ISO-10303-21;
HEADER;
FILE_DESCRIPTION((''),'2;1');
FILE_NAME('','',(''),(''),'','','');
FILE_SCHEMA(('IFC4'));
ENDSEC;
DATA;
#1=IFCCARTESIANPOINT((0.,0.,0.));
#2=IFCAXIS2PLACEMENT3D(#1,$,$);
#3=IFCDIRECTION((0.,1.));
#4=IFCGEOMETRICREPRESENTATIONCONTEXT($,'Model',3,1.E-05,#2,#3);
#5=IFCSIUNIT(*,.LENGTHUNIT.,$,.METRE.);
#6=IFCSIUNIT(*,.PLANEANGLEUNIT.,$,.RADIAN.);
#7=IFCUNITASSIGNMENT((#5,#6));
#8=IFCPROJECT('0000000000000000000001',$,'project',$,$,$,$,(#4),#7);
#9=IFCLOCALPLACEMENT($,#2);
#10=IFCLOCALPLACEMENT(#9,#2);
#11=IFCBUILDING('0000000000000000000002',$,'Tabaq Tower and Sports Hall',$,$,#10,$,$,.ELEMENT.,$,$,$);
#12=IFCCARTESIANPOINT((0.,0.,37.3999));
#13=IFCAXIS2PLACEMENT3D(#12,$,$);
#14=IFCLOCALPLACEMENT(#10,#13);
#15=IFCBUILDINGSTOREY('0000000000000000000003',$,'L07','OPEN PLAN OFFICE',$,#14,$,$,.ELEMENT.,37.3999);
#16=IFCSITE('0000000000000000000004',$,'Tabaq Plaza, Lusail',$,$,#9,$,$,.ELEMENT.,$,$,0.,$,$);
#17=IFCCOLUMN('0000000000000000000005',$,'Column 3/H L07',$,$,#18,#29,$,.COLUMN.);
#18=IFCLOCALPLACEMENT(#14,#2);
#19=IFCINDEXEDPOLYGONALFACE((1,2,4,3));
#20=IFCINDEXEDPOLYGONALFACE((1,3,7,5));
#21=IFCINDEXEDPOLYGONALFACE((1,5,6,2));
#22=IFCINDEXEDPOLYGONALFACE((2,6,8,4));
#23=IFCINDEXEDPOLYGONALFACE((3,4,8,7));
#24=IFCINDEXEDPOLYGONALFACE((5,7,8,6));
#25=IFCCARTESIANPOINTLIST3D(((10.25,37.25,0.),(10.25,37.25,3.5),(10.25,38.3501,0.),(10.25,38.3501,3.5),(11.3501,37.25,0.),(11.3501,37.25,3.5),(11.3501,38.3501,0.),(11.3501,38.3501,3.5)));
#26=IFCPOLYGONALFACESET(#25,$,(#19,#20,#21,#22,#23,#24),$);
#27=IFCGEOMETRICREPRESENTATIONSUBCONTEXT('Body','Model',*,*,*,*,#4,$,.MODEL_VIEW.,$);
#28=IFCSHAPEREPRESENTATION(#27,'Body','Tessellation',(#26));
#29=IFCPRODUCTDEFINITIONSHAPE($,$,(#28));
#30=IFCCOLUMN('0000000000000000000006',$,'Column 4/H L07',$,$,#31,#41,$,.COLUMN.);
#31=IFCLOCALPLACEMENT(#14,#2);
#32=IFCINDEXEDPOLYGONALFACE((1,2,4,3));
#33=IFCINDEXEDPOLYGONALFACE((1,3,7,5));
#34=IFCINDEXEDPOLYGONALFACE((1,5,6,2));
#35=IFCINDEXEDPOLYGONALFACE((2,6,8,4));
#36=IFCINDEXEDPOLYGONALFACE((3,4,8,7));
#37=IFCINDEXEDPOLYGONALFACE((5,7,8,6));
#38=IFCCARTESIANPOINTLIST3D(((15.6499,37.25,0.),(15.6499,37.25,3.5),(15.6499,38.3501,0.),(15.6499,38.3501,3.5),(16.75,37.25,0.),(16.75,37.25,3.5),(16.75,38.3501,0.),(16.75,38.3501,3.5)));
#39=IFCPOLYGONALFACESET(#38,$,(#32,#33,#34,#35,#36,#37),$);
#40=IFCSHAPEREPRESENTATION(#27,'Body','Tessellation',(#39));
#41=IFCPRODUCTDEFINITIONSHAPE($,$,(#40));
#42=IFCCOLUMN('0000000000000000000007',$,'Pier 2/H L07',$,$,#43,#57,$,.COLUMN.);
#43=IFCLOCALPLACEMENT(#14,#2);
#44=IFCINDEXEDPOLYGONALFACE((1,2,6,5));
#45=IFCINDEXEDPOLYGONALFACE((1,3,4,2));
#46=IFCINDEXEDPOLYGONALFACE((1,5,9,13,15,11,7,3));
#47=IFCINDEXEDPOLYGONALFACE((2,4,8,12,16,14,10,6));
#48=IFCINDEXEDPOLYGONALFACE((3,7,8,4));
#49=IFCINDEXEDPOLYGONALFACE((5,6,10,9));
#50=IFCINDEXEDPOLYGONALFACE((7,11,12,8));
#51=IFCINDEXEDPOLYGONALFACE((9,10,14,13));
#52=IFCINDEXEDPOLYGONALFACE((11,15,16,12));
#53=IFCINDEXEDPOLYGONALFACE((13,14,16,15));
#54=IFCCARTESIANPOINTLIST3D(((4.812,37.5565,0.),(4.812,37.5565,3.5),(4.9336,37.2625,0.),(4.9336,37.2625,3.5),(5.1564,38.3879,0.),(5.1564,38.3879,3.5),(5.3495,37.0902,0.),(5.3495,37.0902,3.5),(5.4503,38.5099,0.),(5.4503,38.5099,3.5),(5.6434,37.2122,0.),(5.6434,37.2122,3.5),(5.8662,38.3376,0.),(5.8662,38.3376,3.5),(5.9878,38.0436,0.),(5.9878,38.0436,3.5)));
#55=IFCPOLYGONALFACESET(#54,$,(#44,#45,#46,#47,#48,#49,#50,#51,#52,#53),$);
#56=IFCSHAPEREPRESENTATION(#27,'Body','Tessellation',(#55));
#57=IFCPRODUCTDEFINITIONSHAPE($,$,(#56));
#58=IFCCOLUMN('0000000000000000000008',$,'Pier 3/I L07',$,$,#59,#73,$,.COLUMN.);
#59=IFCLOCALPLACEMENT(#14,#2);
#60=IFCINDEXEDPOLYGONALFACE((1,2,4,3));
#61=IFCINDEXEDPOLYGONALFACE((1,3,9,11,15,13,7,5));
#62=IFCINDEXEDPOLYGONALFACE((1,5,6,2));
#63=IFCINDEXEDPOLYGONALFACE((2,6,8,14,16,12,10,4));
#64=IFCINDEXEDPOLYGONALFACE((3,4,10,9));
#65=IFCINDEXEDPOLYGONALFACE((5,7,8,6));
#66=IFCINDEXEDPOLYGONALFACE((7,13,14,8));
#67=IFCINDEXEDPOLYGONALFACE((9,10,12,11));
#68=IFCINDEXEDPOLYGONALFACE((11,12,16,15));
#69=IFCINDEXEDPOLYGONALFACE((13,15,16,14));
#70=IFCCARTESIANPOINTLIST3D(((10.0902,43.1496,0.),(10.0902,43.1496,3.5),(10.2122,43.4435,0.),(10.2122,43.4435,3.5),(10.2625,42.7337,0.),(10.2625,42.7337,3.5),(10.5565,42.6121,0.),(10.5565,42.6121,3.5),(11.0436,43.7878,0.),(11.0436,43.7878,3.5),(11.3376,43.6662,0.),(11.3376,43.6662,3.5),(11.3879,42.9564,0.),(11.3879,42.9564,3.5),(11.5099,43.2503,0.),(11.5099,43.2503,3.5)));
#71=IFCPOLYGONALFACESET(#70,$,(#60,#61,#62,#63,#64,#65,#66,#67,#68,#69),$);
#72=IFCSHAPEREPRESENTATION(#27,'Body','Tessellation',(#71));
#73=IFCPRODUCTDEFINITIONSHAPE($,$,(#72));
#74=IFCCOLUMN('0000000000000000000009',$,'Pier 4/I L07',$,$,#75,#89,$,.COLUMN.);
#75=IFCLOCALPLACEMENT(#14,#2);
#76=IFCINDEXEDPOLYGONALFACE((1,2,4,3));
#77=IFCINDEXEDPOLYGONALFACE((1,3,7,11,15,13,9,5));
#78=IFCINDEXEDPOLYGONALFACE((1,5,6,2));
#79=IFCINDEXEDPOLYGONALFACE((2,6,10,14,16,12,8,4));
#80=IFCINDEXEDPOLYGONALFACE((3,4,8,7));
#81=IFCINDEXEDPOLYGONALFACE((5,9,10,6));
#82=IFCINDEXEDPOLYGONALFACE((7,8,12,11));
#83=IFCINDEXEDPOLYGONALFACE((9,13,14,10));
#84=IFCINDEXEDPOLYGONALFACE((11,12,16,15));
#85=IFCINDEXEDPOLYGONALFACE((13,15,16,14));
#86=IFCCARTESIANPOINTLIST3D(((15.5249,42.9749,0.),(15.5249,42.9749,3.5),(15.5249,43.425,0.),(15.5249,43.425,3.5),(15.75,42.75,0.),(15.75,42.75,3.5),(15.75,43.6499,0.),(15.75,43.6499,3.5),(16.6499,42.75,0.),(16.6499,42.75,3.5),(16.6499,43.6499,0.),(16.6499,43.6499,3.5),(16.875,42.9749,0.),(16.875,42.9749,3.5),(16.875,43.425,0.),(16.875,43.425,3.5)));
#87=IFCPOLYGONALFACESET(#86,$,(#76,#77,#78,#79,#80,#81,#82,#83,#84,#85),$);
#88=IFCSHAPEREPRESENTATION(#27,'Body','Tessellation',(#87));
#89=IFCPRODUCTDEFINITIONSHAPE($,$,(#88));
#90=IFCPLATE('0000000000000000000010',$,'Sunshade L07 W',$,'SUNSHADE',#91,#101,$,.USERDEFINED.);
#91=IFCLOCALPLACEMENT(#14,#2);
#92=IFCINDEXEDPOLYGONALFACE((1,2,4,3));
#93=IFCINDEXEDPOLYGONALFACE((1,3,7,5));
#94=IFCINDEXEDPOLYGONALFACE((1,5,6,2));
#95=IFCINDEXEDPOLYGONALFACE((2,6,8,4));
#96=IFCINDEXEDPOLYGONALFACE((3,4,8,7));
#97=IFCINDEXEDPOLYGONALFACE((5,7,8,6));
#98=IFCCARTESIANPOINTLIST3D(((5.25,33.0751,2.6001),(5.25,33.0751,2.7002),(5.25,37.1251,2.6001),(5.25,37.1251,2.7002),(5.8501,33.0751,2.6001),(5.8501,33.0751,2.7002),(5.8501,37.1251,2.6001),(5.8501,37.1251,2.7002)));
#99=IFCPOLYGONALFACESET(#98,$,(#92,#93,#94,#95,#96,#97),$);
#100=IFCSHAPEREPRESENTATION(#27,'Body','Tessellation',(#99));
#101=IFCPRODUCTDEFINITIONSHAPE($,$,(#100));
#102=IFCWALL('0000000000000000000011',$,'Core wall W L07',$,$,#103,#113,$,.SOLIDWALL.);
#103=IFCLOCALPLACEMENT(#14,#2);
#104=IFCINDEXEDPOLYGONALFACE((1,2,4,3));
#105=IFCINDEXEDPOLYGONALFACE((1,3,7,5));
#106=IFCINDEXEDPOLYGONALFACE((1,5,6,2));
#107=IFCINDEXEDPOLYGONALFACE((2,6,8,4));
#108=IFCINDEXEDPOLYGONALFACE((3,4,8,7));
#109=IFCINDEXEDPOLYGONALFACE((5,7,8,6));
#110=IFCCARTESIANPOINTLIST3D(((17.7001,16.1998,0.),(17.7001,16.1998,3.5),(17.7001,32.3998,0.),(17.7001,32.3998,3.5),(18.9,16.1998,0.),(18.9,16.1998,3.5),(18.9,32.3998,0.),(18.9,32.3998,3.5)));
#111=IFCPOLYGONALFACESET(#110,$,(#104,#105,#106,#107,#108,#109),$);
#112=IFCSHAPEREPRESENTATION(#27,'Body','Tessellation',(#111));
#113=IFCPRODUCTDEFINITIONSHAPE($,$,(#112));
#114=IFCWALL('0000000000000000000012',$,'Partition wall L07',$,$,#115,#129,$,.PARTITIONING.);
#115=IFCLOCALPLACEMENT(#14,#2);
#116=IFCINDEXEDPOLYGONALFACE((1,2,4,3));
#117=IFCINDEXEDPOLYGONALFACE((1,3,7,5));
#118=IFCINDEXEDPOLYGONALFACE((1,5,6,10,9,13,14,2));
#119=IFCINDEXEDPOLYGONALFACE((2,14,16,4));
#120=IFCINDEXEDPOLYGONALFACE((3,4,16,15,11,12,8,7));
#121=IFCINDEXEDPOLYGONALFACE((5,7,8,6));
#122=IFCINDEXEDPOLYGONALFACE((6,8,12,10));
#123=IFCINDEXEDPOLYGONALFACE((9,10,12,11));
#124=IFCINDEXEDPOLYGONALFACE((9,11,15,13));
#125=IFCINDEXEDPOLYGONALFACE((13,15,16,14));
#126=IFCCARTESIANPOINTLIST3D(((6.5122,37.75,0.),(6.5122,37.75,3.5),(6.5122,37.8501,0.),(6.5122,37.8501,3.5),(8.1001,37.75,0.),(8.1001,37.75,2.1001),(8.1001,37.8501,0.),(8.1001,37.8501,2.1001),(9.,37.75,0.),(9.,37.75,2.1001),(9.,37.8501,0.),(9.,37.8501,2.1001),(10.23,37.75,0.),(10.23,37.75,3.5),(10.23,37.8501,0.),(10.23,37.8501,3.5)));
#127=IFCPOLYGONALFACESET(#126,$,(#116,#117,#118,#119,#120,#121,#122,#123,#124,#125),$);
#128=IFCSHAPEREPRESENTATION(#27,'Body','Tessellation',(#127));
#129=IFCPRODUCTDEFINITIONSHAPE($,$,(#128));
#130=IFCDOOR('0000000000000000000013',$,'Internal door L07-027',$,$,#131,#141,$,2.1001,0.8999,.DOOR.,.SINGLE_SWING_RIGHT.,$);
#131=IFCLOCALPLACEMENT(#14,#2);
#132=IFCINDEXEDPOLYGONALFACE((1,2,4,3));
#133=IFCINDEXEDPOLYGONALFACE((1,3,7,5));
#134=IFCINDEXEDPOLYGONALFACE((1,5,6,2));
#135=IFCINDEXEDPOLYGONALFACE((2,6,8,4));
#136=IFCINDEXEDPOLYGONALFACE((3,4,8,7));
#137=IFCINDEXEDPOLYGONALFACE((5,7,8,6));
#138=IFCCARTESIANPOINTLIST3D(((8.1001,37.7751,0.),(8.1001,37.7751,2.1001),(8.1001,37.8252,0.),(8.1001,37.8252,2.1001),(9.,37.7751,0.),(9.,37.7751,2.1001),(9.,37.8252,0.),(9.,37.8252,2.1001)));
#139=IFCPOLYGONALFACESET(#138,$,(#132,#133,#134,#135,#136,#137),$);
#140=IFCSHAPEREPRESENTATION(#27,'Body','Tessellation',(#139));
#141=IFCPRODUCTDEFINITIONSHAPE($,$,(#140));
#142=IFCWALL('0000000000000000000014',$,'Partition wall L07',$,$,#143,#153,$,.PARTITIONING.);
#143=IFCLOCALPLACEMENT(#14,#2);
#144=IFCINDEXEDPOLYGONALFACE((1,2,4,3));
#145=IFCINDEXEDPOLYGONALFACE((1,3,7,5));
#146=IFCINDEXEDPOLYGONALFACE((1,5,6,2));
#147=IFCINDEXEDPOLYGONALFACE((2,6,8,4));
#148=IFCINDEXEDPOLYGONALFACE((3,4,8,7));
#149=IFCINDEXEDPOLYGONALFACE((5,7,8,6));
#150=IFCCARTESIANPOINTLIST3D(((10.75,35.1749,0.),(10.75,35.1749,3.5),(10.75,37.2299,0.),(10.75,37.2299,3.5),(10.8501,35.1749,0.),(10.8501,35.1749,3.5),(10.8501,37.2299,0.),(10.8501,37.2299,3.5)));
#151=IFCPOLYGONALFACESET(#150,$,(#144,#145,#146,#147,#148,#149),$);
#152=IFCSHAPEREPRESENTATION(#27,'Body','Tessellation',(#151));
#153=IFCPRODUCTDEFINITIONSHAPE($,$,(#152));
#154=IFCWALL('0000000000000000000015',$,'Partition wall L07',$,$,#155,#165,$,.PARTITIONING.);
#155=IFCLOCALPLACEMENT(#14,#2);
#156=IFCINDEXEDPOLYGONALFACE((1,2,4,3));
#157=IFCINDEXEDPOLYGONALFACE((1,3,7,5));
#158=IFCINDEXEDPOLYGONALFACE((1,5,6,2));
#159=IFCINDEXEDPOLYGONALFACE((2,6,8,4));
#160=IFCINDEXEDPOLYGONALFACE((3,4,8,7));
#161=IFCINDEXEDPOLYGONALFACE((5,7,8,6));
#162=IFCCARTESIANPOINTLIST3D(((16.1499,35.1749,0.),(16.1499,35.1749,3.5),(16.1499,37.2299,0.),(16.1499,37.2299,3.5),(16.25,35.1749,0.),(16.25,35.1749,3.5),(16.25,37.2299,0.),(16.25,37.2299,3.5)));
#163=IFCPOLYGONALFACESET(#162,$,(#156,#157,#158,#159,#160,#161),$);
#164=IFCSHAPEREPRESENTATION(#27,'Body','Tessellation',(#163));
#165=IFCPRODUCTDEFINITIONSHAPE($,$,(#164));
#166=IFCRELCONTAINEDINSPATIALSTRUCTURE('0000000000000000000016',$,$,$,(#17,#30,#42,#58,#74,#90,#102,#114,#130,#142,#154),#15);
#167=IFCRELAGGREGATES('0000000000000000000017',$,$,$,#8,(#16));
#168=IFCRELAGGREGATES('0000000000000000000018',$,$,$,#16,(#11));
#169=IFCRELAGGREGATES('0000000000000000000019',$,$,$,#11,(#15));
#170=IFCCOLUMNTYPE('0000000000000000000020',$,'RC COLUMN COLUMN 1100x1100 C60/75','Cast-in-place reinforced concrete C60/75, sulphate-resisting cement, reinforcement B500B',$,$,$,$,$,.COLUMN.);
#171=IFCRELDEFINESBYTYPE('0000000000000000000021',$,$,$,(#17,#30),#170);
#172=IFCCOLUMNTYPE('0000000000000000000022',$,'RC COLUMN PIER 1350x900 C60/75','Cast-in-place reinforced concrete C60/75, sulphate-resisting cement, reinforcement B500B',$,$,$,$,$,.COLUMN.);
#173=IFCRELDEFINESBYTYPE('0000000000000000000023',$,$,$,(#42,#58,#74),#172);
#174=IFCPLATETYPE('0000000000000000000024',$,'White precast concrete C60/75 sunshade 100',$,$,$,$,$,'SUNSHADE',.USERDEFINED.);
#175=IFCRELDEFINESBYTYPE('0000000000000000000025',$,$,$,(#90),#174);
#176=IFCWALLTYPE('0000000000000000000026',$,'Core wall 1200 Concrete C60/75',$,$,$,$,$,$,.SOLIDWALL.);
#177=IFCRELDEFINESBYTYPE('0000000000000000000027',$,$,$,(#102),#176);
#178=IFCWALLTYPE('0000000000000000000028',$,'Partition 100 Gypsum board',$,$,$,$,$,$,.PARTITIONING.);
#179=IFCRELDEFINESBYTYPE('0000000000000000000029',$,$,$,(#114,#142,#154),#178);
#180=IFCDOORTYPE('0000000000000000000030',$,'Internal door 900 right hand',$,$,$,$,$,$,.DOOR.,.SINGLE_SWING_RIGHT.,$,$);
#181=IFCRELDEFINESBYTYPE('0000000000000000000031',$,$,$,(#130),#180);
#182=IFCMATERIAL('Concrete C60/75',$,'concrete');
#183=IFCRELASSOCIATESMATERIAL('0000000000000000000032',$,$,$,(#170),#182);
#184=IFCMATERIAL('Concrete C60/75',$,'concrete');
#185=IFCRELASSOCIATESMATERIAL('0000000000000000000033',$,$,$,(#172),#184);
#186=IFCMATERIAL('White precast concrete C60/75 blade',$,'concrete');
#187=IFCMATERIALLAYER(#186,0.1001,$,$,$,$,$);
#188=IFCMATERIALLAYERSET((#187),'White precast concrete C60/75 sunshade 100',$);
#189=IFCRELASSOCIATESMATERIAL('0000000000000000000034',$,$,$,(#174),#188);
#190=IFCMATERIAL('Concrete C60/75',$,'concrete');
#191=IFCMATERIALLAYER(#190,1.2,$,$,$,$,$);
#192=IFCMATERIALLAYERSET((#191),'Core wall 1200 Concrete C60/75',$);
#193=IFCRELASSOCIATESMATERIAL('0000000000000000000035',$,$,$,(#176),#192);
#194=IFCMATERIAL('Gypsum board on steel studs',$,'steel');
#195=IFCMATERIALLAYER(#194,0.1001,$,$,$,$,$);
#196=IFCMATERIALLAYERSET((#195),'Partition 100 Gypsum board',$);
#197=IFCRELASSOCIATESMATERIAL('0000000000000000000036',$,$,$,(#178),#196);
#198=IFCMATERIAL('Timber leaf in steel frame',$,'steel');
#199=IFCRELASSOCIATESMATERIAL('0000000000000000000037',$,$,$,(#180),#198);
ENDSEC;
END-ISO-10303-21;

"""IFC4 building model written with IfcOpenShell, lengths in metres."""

from ifc_helpers import new_model, si_unit, direction, frame, frame_2d, origin, origin_2d, place, context, subcontext, project, spatial, polyline, rectangle, outline, extrude, material, layer, layer_set, material_profile, profile_set, type_object, element, fill, save


model = new_model("IFC4")

# Units and contexts
model_context = context("Model", 3, precision=1e-05, world=origin(), true_north=direction((0.0, 1.0)))
body_context = subcontext(model_context, "Body", "Model", "MODEL_VIEW")
ifc_project = project(units=[si_unit("LENGTHUNIT", "METRE"), si_unit("PLANEANGLEUNIT", "RADIAN")], contexts=[model_context])

# Site, building, storey
site_placement = place(None, origin())
site = spatial("IfcSite", under=ifc_project, at=site_placement, Name="Tabaq Plaza, Lusail", CompositionType="ELEMENT", RefElevation=0.0)
building_placement = place(site_placement, origin())
building = spatial("IfcBuilding", under=site, at=building_placement, Name="Tabaq Tower and Sports Hall", CompositionType="ELEMENT")
storey_placement = place(building_placement, frame((0.0, 0.0, 37.3999)))
storey = spatial("IfcBuildingStorey", under=building, at=storey_placement, Name="L07", Description="OPEN PLAN OFFICE", CompositionType="ELEMENT", Elevation=37.3999)

# Columns
ifc_material_1 = material(Name="Concrete C60/75", Category="concrete")
ifc_material_profile_1 = material_profile(ifc_material_1, rectangle(XDim=1.1001, YDim=1.1001, at=origin_2d()), Name="COLUMN 1100x1100")
ifc_profile_set_1 = profile_set([ifc_material_profile_1], Name="Concrete C60/75")
column_type_1 = type_object("IfcColumnType", Name="RC COLUMN COLUMN 1100x1100 C60/75", Description="Cast-in-place reinforced concrete C60/75, sulphate-resisting cement, reinforcement B500B", PredefinedType="COLUMN", material=ifc_profile_set_1)
for number, where, z_axis, x_axis, name in (
    (1, (10.8, 37.8, 0.0), (0.0, 0.0, 1.0), (1.0, 0.0, 0.0), "Column 3/H L07"),
    (2, (16.2, 37.8, 0.0), (0.0, 0.0, 1.0), (1.0, 0.0, 0.0), "Column 4/H L07"),
):
    element("IfcColumn", number, at=place(storey_placement, frame(where, z_axis=z_axis, x_axis=x_axis)), inside=storey, type_object=column_type_1, Name=name, PredefinedType="COLUMN", context=body_context, shape_type="SweptSolid", body=[
        extrude(rectangle(XDim=1.1001, YDim=1.1001, at=origin_2d()), origin(), (0.0, 0.0, 1.0), 3.5),
    ])
ifc_material_2 = material(Name="Concrete C60/75", Category="concrete")
ifc_material_profile_2 = material_profile(ifc_material_2, outline(polyline([(-0.45, -0.45), (0.45, -0.45), (0.675, -0.2251), (0.675, 0.2251), (0.45, 0.45), (-0.45, 0.45), (-0.675, 0.2251), (-0.675, -0.2251), (-0.45, -0.45)])), Name="PIER 1350x900")
ifc_profile_set_2 = profile_set([ifc_material_profile_2], Name="Concrete C60/75")
column_type_2 = type_object("IfcColumnType", Name="RC COLUMN PIER 1350x900 C60/75", Description="Cast-in-place reinforced concrete C60/75, sulphate-resisting cement, reinforcement B500B", PredefinedType="COLUMN", material=ifc_profile_set_2)
for number, where, z_axis, x_axis, name in (
    (3, (5.3999, 37.8, 0.0), (0.0, 0.0, 1.0), (0.382683, 0.92388, 0.0), "Pier 2/H L07"),
    (4, (10.8, 43.2, 0.0), (0.0, 0.0, 1.0), (0.92388, 0.382683, 0.0), "Pier 3/I L07"),
    (5, (16.2, 43.2, 0.0), (0.0, 0.0, 1.0), (1.0, 0.0, 0.0), "Pier 4/I L07"),
):
    element("IfcColumn", number, at=place(storey_placement, frame(where, z_axis=z_axis, x_axis=x_axis)), inside=storey, type_object=column_type_2, Name=name, PredefinedType="COLUMN", context=body_context, shape_type="SweptSolid", body=[
        extrude(outline(polyline([(-0.45, -0.45), (0.45, -0.45), (0.675, -0.2251), (0.675, 0.2251), (0.45, 0.45), (-0.45, 0.45), (-0.675, 0.2251), (-0.675, -0.2251), (-0.45, -0.45)])), origin(), (0.0, 0.0, 1.0), 3.5),
    ])

# Plate
ifc_material_3 = material(Name="White precast concrete C60/75 blade", Category="concrete")
ifc_layer_1 = layer(ifc_material_3, 0.1001)
ifc_layer_set_1 = layer_set([ifc_layer_1], Name="White precast concrete C60/75 sunshade 100")
plate_type = type_object("IfcPlateType", Name="White precast concrete C60/75 sunshade 100", ElementType="SUNSHADE", PredefinedType="USERDEFINED", material=ifc_layer_set_1)
plate_placement = place(storey_placement, frame((5.55, 35.1001, 2.6001), z_axis=(0.0, 0.0, 1.0), x_axis=(0.0, -1.0, 0.0)))
element("IfcPlate", 6, at=plate_placement, inside=storey, type_object=plate_type, Name="Sunshade L07 W", ObjectType="SUNSHADE", PredefinedType="USERDEFINED", context=body_context, shape_type="SweptSolid", body=[
    extrude(rectangle(XDim=4.05, YDim=0.6001, at=origin_2d()), origin(), (0.0, 0.0, 1.0), 0.1001),
])

# Wall
ifc_material_4 = material(Name="Concrete C60/75", Category="concrete")
ifc_layer_2 = layer(ifc_material_4, 1.2)
ifc_layer_set_2 = layer_set([ifc_layer_2], Name="Core wall 1200 Concrete C60/75")
wall_type_1 = type_object("IfcWallType", Name="Core wall 1200 Concrete C60/75", PredefinedType="SOLIDWALL", material=ifc_layer_set_2)
wall_1_placement = place(storey_placement, frame((18.3, 32.3999, 0.0), z_axis=(0.0, 0.0, 1.0), x_axis=(0.0, -1.0, 0.0)))
element("IfcWall", 7, at=wall_1_placement, inside=storey, type_object=wall_type_1, Name="Core wall W L07", PredefinedType="SOLIDWALL", context=body_context, shape_type="SweptSolid", body=[
    extrude(rectangle(XDim=16.2, YDim=1.2, at=frame_2d((8.1001, 0.0))), origin(), (0.0, 0.0, 1.0), 3.5),
])

# Wall, opening, door
ifc_material_5 = material(Name="Gypsum board on steel studs", Category="steel")
ifc_layer_3 = layer(ifc_material_5, 0.1001)
ifc_layer_set_3 = layer_set([ifc_layer_3], Name="Partition 100 Gypsum board")
wall_type_2 = type_object("IfcWallType", Name="Partition 100 Gypsum board", PredefinedType="PARTITIONING", material=ifc_layer_set_3)
wall_2_placement = place(storey_placement, frame((10.23, 37.8, 0.0), z_axis=(0.0, 0.0, 1.0), x_axis=(-1.0, 0.0, 0.0)))
wall_2 = element("IfcWall", 8, at=wall_2_placement, inside=storey, type_object=wall_type_2, Name="Partition wall L07", PredefinedType="PARTITIONING", context=body_context, shape_type="SweptSolid", body=[
    extrude(rectangle(XDim=3.7178, YDim=0.1001, at=frame_2d((1.8589, 0.0))), origin(), (0.0, 0.0, 1.0), 3.5),
])
opening_1_placement = place(wall_2_placement, frame((1.23, 0.0, 0.0)))
opening_1 = element("IfcOpeningElement", 9, at=opening_1_placement, cuts=wall_2, PredefinedType="OPENING", context=body_context, shape_type="SweptSolid", body=[
    extrude(rectangle(XDim=0.8999, YDim=2.1001, at=frame_2d((0.45, 1.05))), frame((0.0, 0.05, 0.0), z_axis=(0.0, -1.0, 0.0), x_axis=(1.0, 0.0, 0.0)), (0.0, 0.0, 1.0), 0.1001),
])
ifc_material_6 = material(Name="Timber leaf in steel frame", Category="steel")
door_type_1 = type_object("IfcDoorType", Name="Internal door 900 right hand", OperationType="SINGLE_SWING_RIGHT", PredefinedType="DOOR", material=ifc_material_6)
door_1_placement = place(opening_1_placement, origin())
door_1 = element("IfcDoor", 10, at=door_1_placement, inside=storey, type_object=door_type_1, Name="Internal door L07-027", OperationType="SINGLE_SWING_RIGHT", OverallHeight=2.1001, OverallWidth=0.8999, PredefinedType="DOOR", context=body_context, shape_type="SweptSolid", body=[
    extrude(rectangle(XDim=0.8999, YDim=2.1001, at=frame_2d((0.45, 1.05))), frame((0.0, 0.0249, 0.0), z_axis=(0.0, -1.0, 0.0), x_axis=(1.0, 0.0, 0.0)), (0.0, 0.0, 1.0), 0.05),
])
fill(opening_1, door_1)

# Walls
for number, where, z_axis, x_axis, name in (
    (11, (10.8, 35.175, 0.0), (0.0, 0.0, 1.0), (0.0, 1.0, 0.0), "Partition wall L07"),
    (12, (16.2, 35.175, 0.0), (0.0, 0.0, 1.0), (0.0, 1.0, 0.0), "Partition wall L07"),
):
    element("IfcWall", number, at=place(storey_placement, frame(where, z_axis=z_axis, x_axis=x_axis)), inside=storey, type_object=wall_type_2, Name=name, PredefinedType="PARTITIONING", context=body_context, shape_type="SweptSolid", body=[
        extrude(rectangle(XDim=2.0549, YDim=0.1001, at=frame_2d((1.0273, 0.0))), origin(), (0.0, 0.0, 1.0), 3.5),
    ])

save(model, "model.ifc")
